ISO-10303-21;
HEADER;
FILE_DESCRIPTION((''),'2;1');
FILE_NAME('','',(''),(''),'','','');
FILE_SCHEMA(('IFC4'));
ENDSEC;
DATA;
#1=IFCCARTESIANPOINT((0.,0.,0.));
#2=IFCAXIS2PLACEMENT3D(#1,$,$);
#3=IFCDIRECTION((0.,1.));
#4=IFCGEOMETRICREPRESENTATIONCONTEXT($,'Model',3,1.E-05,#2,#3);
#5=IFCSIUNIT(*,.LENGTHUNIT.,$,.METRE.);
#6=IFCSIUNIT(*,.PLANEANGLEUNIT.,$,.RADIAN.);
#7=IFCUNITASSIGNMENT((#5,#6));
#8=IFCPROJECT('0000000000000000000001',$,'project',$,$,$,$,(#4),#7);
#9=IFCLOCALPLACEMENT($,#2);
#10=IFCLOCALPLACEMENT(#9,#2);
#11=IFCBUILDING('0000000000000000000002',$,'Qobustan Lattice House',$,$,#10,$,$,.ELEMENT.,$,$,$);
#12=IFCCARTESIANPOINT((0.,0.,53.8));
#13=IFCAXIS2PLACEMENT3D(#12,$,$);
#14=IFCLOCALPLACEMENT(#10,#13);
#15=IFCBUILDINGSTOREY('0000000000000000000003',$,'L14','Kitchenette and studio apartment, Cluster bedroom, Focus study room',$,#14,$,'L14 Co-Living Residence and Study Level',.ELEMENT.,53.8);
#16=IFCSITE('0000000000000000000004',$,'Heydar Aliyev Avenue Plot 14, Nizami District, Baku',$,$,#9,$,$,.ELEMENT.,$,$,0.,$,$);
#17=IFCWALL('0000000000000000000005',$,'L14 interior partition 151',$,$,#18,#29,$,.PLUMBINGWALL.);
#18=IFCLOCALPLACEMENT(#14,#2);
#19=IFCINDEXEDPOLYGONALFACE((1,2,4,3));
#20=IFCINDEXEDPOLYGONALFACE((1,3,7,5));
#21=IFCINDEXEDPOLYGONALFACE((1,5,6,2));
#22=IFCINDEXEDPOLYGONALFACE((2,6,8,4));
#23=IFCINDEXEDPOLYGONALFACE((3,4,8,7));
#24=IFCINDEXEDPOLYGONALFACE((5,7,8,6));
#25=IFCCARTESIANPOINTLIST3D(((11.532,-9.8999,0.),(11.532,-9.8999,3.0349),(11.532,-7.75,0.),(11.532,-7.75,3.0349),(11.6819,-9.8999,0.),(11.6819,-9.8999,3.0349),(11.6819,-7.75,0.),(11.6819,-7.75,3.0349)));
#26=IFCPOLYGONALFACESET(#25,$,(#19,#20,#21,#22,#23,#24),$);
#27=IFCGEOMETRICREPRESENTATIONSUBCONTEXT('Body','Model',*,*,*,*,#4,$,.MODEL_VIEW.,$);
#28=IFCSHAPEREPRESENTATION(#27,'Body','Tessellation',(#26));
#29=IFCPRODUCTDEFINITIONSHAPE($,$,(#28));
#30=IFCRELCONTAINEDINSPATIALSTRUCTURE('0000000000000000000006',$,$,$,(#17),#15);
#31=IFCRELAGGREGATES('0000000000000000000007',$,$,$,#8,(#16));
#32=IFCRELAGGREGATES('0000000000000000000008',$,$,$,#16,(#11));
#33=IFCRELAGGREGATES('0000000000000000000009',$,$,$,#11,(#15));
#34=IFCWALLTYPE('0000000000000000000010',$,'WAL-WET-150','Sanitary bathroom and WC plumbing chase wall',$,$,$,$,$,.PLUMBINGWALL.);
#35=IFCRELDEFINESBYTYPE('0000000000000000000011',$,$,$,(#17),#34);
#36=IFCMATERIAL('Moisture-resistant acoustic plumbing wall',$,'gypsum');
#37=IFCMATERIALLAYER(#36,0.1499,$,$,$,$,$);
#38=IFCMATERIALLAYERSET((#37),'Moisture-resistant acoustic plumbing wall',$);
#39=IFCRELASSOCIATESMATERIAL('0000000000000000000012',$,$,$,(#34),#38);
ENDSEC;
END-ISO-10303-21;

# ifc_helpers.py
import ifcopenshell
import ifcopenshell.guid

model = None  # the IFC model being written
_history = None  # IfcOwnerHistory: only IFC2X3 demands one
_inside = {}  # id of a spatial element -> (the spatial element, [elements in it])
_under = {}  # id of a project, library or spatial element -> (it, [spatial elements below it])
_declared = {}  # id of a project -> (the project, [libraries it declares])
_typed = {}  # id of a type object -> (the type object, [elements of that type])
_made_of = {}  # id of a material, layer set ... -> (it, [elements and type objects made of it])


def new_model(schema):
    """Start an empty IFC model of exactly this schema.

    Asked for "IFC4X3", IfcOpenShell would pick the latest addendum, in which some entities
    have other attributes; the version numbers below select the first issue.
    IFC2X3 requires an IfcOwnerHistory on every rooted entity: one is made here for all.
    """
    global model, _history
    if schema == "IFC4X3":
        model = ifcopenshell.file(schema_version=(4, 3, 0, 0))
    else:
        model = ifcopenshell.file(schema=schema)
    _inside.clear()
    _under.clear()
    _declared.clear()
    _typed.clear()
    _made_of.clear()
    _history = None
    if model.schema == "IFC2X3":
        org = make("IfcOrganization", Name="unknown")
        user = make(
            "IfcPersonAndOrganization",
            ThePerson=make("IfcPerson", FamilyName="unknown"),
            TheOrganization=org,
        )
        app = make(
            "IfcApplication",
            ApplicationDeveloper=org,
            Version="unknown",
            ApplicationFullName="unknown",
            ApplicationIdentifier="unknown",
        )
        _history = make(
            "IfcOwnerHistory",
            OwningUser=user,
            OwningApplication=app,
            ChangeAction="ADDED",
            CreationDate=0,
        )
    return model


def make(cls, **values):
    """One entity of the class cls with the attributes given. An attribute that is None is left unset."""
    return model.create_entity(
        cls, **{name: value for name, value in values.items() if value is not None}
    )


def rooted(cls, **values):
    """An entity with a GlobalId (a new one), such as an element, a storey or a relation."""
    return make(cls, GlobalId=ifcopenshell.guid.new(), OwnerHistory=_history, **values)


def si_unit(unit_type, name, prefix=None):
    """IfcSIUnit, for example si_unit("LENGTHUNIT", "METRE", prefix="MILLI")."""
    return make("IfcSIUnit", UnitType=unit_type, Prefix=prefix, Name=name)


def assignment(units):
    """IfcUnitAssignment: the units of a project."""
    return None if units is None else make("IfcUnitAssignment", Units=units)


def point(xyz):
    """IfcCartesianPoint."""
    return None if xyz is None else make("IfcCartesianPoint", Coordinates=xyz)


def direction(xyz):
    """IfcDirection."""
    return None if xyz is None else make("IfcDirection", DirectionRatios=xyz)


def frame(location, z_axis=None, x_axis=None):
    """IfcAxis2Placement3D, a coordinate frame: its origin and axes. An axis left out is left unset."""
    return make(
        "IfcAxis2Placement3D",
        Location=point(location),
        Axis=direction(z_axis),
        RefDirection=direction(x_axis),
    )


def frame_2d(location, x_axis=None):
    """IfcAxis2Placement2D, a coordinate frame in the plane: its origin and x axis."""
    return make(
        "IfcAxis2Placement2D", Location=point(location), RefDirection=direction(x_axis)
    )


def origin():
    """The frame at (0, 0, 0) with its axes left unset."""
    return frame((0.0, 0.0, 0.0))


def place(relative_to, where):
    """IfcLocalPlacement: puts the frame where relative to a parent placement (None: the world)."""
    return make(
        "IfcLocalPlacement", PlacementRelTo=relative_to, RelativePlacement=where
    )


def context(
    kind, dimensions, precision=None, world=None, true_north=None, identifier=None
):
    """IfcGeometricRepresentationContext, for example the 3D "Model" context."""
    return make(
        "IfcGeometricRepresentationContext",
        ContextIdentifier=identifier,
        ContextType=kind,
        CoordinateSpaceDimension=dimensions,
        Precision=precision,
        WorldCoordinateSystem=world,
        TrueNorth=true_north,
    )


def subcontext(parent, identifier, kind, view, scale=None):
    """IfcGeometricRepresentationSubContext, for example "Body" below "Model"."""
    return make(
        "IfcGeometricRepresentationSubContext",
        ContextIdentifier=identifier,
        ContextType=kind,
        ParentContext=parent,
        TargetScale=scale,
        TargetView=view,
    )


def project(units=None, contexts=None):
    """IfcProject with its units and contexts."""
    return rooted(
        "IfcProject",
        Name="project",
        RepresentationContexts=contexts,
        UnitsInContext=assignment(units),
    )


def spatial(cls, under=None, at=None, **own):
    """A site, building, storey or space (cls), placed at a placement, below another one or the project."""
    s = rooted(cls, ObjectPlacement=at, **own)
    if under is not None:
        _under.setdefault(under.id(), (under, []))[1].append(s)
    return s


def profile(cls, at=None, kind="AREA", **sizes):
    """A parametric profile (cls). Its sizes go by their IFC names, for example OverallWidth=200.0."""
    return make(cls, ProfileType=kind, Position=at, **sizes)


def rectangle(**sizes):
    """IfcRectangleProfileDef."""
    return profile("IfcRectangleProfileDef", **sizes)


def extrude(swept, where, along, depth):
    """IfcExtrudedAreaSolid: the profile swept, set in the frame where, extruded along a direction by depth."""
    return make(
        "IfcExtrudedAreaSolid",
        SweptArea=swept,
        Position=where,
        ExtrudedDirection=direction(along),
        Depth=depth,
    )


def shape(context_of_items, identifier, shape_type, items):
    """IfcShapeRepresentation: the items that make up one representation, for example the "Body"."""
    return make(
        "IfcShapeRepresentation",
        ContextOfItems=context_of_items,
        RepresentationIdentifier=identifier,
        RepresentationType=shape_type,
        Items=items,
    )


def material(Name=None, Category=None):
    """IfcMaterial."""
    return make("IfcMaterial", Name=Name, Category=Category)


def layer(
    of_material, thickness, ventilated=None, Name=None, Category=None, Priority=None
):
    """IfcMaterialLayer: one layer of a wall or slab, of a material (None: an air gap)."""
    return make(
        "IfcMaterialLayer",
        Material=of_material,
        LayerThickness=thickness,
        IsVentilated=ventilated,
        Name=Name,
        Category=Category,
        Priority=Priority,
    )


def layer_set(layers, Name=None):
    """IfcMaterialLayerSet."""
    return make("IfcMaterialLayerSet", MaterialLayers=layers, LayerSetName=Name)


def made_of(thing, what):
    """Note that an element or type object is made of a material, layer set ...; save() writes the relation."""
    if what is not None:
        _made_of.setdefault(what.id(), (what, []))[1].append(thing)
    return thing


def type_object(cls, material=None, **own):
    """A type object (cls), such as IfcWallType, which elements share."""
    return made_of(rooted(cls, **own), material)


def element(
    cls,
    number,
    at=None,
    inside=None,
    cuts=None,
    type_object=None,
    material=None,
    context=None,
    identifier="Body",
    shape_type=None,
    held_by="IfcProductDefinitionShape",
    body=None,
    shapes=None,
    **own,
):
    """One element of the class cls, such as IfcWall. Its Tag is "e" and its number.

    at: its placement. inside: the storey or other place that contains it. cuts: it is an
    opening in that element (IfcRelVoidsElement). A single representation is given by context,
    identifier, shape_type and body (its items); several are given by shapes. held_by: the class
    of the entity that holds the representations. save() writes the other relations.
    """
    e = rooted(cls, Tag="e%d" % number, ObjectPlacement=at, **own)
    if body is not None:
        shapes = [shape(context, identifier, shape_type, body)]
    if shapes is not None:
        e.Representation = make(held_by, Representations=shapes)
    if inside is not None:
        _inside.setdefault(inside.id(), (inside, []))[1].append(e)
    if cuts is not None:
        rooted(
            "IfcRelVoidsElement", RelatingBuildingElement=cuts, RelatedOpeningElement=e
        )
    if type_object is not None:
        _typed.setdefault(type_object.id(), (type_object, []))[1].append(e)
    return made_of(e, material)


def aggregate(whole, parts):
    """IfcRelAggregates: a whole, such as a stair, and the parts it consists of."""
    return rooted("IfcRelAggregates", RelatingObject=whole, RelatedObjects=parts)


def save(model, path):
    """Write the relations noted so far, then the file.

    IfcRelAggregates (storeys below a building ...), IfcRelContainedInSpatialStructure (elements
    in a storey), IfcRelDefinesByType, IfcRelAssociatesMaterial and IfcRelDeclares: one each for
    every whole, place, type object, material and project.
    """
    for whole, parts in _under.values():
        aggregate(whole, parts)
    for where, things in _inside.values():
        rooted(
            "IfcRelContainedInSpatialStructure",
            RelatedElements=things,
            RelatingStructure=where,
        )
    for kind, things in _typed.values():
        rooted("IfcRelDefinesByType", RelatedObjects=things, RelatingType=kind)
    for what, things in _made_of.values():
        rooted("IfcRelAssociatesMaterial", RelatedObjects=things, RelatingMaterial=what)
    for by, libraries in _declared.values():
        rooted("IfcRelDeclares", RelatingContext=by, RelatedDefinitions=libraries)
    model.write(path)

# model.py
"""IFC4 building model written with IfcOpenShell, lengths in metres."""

from ifc_helpers import new_model, si_unit, direction, frame, frame_2d, origin, place, context, subcontext, project, spatial, rectangle, extrude, material, layer, layer_set, type_object, element, save


model = new_model("IFC4")

# Units and contexts
model_context = context("Model", 3, precision=1e-05, world=origin(), true_north=direction((0.0, 1.0)))
body_context = subcontext(model_context, "Body", "Model", "MODEL_VIEW")
ifc_project = project(units=[si_unit("LENGTHUNIT", "METRE"), si_unit("PLANEANGLEUNIT", "RADIAN")], contexts=[model_context])

# Site, building, storey
site_placement = place(None, origin())
site = spatial("IfcSite", under=ifc_project, at=site_placement, Name="Heydar Aliyev Avenue Plot 14, Nizami District, Baku", CompositionType="ELEMENT", RefElevation=0.0)
building_placement = place(site_placement, origin())
building = spatial("IfcBuilding", under=site, at=building_placement, Name="Qobustan Lattice House", CompositionType="ELEMENT")
storey_placement = place(building_placement, frame((0.0, 0.0, 53.8)))
storey = spatial("IfcBuildingStorey", under=building, at=storey_placement, Name="L14", Description="Kitchenette and studio apartment, Cluster bedroom, Focus study room", LongName="L14 Co-Living Residence and Study Level", CompositionType="ELEMENT", Elevation=53.8)

# Shared definitions
ifc_material_1 = material(Name="Moisture-resistant acoustic plumbing wall", Category="gypsum")
ifc_layer_1 = layer(ifc_material_1, 0.1499)
ifc_layer_set_1 = layer_set([ifc_layer_1], Name="Moisture-resistant acoustic plumbing wall")
wall_type_1 = type_object("IfcWallType", Name="WAL-WET-150", Description="Sanitary bathroom and WC plumbing chase wall", PredefinedType="PLUMBINGWALL", material=ifc_layer_set_1)

# Wall
wall_1_placement = place(storey_placement, frame((11.6069, -9.8999, 0.0), z_axis=(0.0, 0.0, 1.0), x_axis=(0.0, 1.0, 0.0)))
element("IfcWall", 1, at=wall_1_placement, inside=storey, type_object=wall_type_1, Name="L14 interior partition 151", PredefinedType="PLUMBINGWALL", context=body_context, shape_type="SweptSolid", body=[
    extrude(rectangle(XDim=2.1499, YDim=0.1499, at=frame_2d((1.075, 0.0))), origin(), (0.0, 0.0, 1.0), 3.0349),
])

save(model, "model.ifc")
